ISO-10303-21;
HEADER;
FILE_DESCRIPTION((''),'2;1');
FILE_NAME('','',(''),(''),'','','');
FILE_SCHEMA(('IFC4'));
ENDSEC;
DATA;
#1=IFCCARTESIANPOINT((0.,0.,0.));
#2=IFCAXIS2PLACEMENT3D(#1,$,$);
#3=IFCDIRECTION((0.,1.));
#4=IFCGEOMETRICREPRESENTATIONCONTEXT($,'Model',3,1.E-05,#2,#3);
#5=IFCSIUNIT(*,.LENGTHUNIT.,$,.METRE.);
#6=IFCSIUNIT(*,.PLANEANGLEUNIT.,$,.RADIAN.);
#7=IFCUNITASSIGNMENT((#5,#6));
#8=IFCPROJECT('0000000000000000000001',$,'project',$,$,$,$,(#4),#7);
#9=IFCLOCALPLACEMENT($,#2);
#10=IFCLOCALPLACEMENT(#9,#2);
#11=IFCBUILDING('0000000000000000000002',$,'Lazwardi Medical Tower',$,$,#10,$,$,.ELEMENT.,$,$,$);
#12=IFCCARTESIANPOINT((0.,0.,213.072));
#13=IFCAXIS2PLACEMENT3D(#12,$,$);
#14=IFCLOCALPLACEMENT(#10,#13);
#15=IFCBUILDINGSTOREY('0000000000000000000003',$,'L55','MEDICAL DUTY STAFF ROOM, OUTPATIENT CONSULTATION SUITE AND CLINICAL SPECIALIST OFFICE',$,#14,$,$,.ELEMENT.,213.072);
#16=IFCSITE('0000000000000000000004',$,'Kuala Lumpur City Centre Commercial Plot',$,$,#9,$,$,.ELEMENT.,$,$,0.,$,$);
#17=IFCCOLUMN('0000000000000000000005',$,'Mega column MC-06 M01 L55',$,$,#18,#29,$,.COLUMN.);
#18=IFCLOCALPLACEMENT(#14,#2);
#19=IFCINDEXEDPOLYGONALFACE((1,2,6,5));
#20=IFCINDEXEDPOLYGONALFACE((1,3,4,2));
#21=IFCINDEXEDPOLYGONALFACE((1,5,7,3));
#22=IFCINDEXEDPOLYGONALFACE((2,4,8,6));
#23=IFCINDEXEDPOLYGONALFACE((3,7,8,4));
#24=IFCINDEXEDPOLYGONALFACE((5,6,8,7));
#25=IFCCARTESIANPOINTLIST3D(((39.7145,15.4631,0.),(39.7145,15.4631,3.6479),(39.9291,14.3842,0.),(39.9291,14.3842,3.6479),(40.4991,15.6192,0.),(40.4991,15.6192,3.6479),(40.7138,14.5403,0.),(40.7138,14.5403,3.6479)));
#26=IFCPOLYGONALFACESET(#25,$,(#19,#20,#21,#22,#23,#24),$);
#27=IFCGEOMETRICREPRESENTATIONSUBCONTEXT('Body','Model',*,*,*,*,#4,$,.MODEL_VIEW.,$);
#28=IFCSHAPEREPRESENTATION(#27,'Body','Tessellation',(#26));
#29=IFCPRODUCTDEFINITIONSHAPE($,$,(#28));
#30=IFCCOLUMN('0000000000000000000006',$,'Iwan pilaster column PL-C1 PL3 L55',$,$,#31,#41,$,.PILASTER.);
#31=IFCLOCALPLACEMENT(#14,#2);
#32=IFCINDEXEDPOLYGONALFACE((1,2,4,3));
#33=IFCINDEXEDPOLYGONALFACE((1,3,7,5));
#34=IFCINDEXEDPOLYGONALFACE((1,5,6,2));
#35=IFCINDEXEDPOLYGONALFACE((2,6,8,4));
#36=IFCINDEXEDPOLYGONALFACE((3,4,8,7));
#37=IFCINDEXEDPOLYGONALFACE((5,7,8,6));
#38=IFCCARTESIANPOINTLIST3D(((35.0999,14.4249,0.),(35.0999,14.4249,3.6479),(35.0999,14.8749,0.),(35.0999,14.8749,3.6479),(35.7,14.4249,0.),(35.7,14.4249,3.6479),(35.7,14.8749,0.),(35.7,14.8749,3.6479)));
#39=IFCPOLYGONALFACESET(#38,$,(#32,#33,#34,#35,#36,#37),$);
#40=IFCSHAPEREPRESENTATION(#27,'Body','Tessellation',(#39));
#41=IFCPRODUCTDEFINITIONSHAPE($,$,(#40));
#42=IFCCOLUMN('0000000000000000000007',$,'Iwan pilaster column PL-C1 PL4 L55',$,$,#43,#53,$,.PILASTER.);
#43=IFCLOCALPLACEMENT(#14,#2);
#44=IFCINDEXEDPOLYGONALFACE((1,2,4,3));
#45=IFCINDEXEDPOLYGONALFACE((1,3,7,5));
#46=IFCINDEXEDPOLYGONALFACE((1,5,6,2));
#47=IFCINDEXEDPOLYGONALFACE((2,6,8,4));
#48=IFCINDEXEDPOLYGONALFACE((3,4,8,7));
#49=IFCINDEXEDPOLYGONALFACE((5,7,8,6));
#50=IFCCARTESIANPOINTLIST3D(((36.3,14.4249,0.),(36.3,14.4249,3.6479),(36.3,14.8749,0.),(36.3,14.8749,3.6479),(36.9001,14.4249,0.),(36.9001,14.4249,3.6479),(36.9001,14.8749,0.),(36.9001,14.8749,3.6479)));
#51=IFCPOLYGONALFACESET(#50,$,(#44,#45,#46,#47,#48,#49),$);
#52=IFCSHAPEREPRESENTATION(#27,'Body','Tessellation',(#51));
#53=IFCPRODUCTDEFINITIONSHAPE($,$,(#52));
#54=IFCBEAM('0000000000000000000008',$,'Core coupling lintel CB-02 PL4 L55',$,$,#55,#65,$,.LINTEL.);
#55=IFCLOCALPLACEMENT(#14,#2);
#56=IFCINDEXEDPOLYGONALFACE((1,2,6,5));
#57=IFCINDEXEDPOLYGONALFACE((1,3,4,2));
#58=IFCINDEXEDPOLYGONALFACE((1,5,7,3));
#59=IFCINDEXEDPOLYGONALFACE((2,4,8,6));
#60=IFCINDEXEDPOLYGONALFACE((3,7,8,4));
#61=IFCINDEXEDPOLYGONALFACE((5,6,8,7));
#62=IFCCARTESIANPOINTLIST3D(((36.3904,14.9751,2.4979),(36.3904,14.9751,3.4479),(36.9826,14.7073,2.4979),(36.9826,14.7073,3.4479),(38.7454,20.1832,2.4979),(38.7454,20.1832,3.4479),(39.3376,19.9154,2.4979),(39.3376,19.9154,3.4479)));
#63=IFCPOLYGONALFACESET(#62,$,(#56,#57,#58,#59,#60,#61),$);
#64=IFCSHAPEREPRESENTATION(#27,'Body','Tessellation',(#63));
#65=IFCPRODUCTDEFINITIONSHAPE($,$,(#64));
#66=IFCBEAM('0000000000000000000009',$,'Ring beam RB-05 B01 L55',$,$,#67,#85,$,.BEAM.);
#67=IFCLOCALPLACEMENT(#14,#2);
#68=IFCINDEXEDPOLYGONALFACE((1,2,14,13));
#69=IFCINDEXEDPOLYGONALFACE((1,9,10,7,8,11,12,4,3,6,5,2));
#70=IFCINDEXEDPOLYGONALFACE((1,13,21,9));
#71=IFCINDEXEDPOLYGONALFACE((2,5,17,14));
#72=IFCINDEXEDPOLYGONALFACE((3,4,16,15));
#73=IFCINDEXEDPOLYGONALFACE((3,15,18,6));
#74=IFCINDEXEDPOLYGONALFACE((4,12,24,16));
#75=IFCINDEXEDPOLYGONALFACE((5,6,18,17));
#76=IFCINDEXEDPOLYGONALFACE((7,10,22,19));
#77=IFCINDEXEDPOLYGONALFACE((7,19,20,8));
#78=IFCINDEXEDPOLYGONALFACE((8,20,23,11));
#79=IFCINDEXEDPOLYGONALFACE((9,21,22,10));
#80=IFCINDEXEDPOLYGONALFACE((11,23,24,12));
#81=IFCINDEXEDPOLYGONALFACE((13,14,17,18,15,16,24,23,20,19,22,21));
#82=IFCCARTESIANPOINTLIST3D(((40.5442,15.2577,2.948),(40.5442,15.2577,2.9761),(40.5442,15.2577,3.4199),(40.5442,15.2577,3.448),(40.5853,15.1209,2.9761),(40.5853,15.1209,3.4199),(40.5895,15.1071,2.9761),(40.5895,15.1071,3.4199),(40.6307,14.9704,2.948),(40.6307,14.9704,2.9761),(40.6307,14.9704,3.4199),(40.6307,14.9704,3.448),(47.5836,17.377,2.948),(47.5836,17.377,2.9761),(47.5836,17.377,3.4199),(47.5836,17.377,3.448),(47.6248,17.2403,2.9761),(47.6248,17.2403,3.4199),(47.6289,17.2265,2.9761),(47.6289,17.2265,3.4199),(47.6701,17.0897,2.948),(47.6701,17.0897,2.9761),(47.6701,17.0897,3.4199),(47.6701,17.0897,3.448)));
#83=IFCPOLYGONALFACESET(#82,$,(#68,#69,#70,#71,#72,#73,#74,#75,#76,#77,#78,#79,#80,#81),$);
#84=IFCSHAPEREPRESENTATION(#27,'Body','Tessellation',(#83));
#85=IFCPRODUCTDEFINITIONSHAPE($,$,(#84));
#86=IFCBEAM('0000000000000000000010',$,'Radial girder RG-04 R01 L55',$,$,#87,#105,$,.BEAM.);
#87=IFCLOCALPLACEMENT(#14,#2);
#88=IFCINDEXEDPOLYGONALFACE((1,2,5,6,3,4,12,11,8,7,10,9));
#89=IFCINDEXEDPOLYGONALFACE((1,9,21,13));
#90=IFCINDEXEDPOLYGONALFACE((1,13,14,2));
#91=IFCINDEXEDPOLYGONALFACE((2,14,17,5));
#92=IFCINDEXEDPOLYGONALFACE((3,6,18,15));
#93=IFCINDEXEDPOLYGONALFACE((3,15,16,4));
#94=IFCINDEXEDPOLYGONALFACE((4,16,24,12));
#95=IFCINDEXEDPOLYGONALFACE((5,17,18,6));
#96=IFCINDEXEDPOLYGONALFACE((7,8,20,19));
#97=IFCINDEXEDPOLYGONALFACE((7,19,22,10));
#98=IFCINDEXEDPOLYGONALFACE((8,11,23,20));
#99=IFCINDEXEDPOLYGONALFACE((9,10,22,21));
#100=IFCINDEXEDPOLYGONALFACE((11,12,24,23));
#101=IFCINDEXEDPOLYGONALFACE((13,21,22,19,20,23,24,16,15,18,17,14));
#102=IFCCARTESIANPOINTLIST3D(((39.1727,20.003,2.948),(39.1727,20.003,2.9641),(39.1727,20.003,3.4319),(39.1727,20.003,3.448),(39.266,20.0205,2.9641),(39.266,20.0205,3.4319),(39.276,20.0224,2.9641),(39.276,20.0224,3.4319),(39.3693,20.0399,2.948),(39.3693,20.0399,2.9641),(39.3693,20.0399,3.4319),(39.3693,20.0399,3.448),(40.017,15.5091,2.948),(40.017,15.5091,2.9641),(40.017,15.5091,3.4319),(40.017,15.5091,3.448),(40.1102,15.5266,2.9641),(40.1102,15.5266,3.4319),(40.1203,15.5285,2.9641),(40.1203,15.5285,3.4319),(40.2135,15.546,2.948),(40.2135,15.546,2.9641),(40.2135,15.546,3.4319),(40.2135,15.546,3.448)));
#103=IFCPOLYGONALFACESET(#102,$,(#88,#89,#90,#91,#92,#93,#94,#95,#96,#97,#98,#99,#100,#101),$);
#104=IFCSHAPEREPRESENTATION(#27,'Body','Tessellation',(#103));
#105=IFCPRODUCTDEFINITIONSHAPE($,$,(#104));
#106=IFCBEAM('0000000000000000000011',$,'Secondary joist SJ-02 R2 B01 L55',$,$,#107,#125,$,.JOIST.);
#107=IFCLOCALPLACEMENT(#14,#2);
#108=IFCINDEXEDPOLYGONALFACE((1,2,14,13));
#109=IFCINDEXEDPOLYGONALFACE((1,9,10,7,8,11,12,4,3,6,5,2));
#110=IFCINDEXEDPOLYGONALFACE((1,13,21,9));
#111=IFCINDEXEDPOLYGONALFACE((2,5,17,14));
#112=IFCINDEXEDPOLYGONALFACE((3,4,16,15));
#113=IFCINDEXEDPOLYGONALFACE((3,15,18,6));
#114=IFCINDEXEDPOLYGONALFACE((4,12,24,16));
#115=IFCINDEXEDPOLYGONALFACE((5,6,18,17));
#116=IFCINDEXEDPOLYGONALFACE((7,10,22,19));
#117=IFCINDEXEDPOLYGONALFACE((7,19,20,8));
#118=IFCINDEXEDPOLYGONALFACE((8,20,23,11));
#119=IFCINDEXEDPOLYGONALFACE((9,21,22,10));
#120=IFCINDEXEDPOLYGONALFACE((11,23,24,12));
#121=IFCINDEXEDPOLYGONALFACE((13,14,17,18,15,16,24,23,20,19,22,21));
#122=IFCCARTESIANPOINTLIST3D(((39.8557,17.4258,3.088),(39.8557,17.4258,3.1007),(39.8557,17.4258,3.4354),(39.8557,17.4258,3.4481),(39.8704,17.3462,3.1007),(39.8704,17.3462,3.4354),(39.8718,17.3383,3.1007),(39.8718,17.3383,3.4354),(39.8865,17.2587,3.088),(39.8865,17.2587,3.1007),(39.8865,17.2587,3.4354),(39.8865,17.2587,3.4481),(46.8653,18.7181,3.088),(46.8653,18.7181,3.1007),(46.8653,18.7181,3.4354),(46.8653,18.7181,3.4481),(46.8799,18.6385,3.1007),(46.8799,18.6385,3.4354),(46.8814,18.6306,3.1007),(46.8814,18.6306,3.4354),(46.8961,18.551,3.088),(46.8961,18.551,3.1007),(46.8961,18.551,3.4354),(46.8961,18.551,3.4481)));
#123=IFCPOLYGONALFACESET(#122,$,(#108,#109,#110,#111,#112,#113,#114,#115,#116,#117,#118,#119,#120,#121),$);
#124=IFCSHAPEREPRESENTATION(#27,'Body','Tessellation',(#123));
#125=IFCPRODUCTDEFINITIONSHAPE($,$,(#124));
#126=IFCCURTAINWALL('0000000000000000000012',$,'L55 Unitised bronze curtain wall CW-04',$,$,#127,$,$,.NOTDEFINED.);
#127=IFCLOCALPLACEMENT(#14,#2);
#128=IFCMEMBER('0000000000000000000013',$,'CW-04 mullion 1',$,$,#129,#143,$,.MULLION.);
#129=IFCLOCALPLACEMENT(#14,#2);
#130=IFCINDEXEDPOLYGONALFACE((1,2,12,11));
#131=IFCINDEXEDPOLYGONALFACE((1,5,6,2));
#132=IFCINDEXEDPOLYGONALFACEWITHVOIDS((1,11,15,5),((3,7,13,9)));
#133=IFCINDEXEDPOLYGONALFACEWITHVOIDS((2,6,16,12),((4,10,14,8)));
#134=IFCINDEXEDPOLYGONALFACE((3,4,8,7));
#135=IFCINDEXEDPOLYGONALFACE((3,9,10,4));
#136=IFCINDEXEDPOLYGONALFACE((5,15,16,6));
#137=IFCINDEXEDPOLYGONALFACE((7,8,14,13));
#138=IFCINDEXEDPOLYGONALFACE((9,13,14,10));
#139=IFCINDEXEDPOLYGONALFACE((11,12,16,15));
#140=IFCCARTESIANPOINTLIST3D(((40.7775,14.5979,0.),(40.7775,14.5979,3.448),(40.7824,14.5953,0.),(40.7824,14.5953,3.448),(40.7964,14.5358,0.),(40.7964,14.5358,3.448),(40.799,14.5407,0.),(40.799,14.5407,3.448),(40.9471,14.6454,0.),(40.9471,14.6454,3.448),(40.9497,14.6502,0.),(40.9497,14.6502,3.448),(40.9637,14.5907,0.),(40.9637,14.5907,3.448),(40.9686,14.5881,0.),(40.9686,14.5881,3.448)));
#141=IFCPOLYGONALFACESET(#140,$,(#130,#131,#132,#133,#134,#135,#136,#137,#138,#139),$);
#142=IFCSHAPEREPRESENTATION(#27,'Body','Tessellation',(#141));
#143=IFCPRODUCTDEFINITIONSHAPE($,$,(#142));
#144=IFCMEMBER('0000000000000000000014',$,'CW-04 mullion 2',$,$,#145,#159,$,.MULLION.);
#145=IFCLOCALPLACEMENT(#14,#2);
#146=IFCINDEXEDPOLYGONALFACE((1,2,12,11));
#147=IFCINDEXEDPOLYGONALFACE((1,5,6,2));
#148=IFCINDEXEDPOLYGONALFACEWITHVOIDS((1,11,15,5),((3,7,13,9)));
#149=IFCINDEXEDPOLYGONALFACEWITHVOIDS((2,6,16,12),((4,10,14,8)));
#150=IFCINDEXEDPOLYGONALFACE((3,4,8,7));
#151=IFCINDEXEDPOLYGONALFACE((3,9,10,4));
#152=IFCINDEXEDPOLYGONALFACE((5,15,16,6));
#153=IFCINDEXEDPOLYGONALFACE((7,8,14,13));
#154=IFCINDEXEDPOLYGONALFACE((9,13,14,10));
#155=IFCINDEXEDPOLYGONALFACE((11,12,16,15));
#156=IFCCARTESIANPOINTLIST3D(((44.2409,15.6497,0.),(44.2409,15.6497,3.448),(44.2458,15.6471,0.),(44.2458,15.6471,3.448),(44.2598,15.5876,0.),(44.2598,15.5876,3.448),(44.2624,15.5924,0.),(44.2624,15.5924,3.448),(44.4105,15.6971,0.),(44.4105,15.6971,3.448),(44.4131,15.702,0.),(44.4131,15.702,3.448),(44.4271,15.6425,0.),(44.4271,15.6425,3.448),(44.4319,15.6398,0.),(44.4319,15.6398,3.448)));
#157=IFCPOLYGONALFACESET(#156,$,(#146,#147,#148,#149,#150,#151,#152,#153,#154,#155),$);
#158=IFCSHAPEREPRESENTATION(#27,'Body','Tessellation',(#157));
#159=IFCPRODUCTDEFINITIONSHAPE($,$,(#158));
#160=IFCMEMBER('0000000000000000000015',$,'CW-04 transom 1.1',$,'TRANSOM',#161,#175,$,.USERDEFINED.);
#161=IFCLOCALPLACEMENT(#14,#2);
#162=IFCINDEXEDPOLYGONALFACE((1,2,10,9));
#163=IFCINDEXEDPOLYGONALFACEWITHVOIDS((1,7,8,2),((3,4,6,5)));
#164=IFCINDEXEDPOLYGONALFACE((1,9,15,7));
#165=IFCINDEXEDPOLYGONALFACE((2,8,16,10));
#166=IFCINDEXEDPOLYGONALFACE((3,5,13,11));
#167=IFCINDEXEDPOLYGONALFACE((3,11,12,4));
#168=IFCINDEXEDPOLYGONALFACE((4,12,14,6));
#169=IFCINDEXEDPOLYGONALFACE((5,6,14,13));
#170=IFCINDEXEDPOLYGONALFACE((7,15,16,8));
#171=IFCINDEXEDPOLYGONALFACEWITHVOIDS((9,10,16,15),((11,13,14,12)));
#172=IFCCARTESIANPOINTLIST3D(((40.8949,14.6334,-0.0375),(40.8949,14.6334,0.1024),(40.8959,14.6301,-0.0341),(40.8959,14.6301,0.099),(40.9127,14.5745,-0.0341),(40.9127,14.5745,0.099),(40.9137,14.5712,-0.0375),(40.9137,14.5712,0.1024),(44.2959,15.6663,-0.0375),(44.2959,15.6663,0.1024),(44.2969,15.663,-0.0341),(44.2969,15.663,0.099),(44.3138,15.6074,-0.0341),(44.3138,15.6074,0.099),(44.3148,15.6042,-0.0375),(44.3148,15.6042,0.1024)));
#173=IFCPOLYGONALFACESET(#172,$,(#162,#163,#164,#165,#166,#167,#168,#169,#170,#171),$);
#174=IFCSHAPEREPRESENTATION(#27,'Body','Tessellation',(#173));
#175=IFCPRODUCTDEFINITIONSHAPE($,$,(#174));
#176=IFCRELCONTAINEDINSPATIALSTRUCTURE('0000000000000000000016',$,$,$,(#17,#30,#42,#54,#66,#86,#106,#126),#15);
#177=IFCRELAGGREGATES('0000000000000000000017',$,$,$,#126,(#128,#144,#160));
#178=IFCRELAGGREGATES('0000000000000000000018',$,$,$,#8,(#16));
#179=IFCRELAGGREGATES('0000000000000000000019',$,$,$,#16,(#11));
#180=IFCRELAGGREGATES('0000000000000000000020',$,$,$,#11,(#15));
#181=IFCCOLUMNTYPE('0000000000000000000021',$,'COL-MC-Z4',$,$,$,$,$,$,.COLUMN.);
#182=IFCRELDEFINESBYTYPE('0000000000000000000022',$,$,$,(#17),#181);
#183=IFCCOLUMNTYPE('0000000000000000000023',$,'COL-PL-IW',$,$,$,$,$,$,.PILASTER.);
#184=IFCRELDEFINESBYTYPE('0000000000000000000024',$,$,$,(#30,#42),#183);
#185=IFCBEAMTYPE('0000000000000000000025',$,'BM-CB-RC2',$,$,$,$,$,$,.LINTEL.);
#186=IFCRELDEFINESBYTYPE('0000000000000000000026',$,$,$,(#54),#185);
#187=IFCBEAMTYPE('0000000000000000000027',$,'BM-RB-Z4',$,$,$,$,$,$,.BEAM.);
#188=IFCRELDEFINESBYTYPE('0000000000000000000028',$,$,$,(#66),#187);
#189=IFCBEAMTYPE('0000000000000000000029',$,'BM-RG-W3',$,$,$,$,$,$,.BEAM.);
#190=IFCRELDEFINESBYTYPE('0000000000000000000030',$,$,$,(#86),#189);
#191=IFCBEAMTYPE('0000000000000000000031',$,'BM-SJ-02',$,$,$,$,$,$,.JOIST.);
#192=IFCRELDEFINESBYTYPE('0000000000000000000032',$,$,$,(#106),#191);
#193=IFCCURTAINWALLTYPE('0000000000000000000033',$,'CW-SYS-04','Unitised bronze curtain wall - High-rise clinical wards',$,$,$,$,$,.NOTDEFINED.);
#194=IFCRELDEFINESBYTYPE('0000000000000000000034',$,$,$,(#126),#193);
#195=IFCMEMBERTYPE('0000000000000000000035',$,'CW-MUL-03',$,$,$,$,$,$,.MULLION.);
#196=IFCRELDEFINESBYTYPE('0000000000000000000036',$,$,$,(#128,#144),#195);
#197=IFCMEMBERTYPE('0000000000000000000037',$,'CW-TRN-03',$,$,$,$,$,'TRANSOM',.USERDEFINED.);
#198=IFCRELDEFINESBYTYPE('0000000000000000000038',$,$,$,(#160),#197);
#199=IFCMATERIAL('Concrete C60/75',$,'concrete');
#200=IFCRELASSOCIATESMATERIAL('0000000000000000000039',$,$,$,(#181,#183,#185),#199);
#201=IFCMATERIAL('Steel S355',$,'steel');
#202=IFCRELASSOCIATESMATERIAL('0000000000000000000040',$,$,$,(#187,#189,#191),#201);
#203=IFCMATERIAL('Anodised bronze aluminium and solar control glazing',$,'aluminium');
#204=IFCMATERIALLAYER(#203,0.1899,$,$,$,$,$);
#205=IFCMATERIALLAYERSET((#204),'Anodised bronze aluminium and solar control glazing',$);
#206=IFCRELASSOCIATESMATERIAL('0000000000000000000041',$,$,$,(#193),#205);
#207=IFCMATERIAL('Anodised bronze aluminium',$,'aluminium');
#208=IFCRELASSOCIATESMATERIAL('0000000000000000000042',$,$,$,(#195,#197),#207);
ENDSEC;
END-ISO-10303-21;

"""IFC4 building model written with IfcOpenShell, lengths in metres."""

from ifc_helpers import new_model, si_unit, direction, frame, origin, origin_2d, place, context, subcontext, project, spatial, rectangle, hollow_rectangle, i_section, extrude, material, layer, layer_set, material_profile, profile_set, type_object, element, aggregate, save


model = new_model("IFC4")

# Units and contexts
model_context = context("Model", 3, precision=1e-05, world=origin(), true_north=direction((0.0, 1.0)))
body_context = subcontext(model_context, "Body", "Model", "MODEL_VIEW")
ifc_project = project(units=[si_unit("LENGTHUNIT", "METRE"), si_unit("PLANEANGLEUNIT", "RADIAN")], contexts=[model_context])

# Site, building, storey
site_placement = place(None, origin())
site = spatial("IfcSite", under=ifc_project, at=site_placement, Name="Kuala Lumpur City Centre Commercial Plot", CompositionType="ELEMENT", RefElevation=0.0)
building_placement = place(site_placement, origin())
building = spatial("IfcBuilding", under=site, at=building_placement, Name="Lazwardi Medical Tower", CompositionType="ELEMENT")
storey_placement = place(building_placement, frame((0.0, 0.0, 213.072)))
storey = spatial("IfcBuildingStorey", under=building, at=storey_placement, Name="L55", Description="MEDICAL DUTY STAFF ROOM, OUTPATIENT CONSULTATION SUITE AND CLINICAL SPECIALIST OFFICE", CompositionType="ELEMENT", Elevation=213.072)

# Columns
ifc_material_1 = material(Name="Concrete C60/75", Category="concrete")
ifc_material_profile_1 = material_profile(ifc_material_1, rectangle(XDim=1.1001, YDim=0.8, at=origin_2d()), Name="CFT-RECT 1100x800")
ifc_profile_set_1 = profile_set([ifc_material_profile_1], Name="Concrete C60/75")
column_type_1 = type_object("IfcColumnType", Name="COL-MC-Z4", PredefinedType="COLUMN", material=ifc_profile_set_1)
column_placement = place(storey_placement, frame((40.2141, 15.0017, 0.0), z_axis=(0.0, 0.0, 1.0), x_axis=(0.19509, -0.980785, 0.0)))
element("IfcColumn", 1, at=column_placement, inside=storey, type_object=column_type_1, Name="Mega column MC-06 M01 L55", PredefinedType="COLUMN", context=body_context, shape_type="SweptSolid", body=[
    extrude(rectangle(XDim=1.1001, YDim=0.8, at=origin_2d()), origin(), (0.0, 0.0, 1.0), 3.6479),
])
ifc_material_profile_2 = material_profile(ifc_material_1, rectangle(XDim=0.6001, YDim=0.45, at=origin_2d()), Name="RC 600x450")
ifc_profile_set_2 = profile_set([ifc_material_profile_2], Name="Concrete C60/75")
column_type_2 = type_object("IfcColumnType", Name="COL-PL-IW", PredefinedType="PILASTER", material=ifc_profile_set_2)
for number, where, z_axis, x_axis, name in (
    (2, (35.3999, 14.6499, 0.0), (0.0, 0.0, 1.0), (1.0, 0.0, 0.0), "Iwan pilaster column PL-C1 PL3 L55"),
    (3, (36.6001, 14.6499, 0.0), (0.0, 0.0, 1.0), (1.0, 0.0, 0.0), "Iwan pilaster column PL-C1 PL4 L55"),
):
    element("IfcColumn", number, at=place(storey_placement, frame(where, z_axis=z_axis, x_axis=x_axis)), inside=storey, type_object=column_type_2, Name=name, PredefinedType="PILASTER", context=body_context, shape_type="SweptSolid", body=[
        extrude(rectangle(XDim=0.6001, YDim=0.45, at=origin_2d()), origin(), (0.0, 0.0, 1.0), 3.6479),
    ])

# Beams
ifc_material_profile_3 = material_profile(ifc_material_1, rectangle(XDim=0.6499, YDim=0.95, at=origin_2d()), Name="RC 650x950")
ifc_profile_set_3 = profile_set([ifc_material_profile_3], Name="Concrete C60/75")
beam_type_1 = type_object("IfcBeamType", Name="BM-CB-RC2", PredefinedType="LINTEL", material=ifc_profile_set_3)
beam_1_placement = place(storey_placement, frame((39.0415, 20.0493, 2.9729), z_axis=(-0.412019, -0.911175, 0.0), x_axis=(0.911175, -0.412019, 0.0)))
element("IfcBeam", 4, at=beam_1_placement, inside=storey, type_object=beam_type_1, Name="Core coupling lintel CB-02 PL4 L55", PredefinedType="LINTEL", context=body_context, shape_type="SweptSolid", body=[
    extrude(rectangle(XDim=0.6499, YDim=0.95, at=origin_2d()), origin(), (0.0, 0.0, 1.0), 5.7158),
])
ifc_material_2 = material(Name="Steel S355", Category="steel")
ifc_material_profile_4 = material_profile(ifc_material_2, i_section(OverallWidth=0.3, OverallDepth=0.5, WebThickness=0.0144, FlangeThickness=0.0281, at=origin_2d()), Name="HEB 500")
ifc_profile_set_4 = profile_set([ifc_material_profile_4], Name="Steel S355")
beam_type_2 = type_object("IfcBeamType", Name="BM-RB-Z4", PredefinedType="BEAM", material=ifc_profile_set_4)
beam_2_placement = place(storey_placement, frame((40.5874, 15.114, 3.198), z_axis=(0.957544, 0.288286, 0.0), x_axis=(-0.288286, 0.957544, 0.0)))
element("IfcBeam", 5, at=beam_2_placement, inside=storey, type_object=beam_type_2, Name="Ring beam RB-05 B01 L55", PredefinedType="BEAM", context=body_context, shape_type="SweptSolid", body=[
    extrude(i_section(OverallWidth=0.3, OverallDepth=0.5, WebThickness=0.0144, FlangeThickness=0.0281, at=origin_2d()), origin(), (0.0, 0.0, 1.0), 7.3516),
])
ifc_material_profile_5 = material_profile(ifc_material_2, i_section(OverallWidth=0.2, OverallDepth=0.5, WebThickness=0.0103, FlangeThickness=0.0161, at=origin_2d()), Name="IPE 500")
ifc_profile_set_5 = profile_set([ifc_material_profile_5], Name="Steel S355")
beam_type_3 = type_object("IfcBeamType", Name="BM-RG-W3", PredefinedType="BEAM", material=ifc_profile_set_5)
beam_3_placement = place(storey_placement, frame((40.1152, 15.5276, 3.198), z_axis=(-0.184633, 0.982807, 0.0), x_axis=(-0.982807, -0.184633, 0.0)))
element("IfcBeam", 6, at=beam_3_placement, inside=storey, type_object=beam_type_3, Name="Radial girder RG-04 R01 L55", PredefinedType="BEAM", context=body_context, shape_type="SweptSolid", body=[
    extrude(i_section(OverallWidth=0.2, OverallDepth=0.5, WebThickness=0.0103, FlangeThickness=0.0161, at=origin_2d()), origin(), (0.0, 0.0, 1.0), 4.5725),
])
ifc_material_profile_6 = material_profile(ifc_material_2, i_section(OverallWidth=0.1699, OverallDepth=0.3601, WebThickness=0.0081, FlangeThickness=0.0127, at=origin_2d()), Name="IPE 360")
ifc_profile_set_6 = profile_set([ifc_material_profile_6], Name="Steel S355")
beam_type_4 = type_object("IfcBeamType", Name="BM-SJ-02", PredefinedType="JOIST", material=ifc_profile_set_6)
beam_4_placement = place(storey_placement, frame((39.8711, 17.3423, 3.2681), z_axis=(0.983428, 0.181299, 0.0), x_axis=(-0.181299, 0.983428, 0.0)))
element("IfcBeam", 7, at=beam_4_placement, inside=storey, type_object=beam_type_4, Name="Secondary joist SJ-02 R2 B01 L55", PredefinedType="JOIST", context=body_context, shape_type="SweptSolid", body=[
    extrude(i_section(OverallWidth=0.1699, OverallDepth=0.3601, WebThickness=0.0081, FlangeThickness=0.0127, at=origin_2d()), origin(), (0.0, 0.0, 1.0), 7.1277),
])

# Curtain wall, members
ifc_material_3 = material(Name="Anodised bronze aluminium and solar control glazing", Category="aluminium")
ifc_layer_1 = layer(ifc_material_3, 0.1899)
ifc_layer_set_1 = layer_set([ifc_layer_1], Name="Anodised bronze aluminium and solar control glazing")
curtain_wall_type = type_object("IfcCurtainWallType", Name="CW-SYS-04", Description="Unitised bronze curtain wall - High-rise clinical wards", PredefinedType="NOTDEFINED", material=ifc_layer_set_1)
curtain_wall_placement = place(storey_placement, origin())
curtain_wall = element("IfcCurtainWall", 8, at=curtain_wall_placement, inside=storey, type_object=curtain_wall_type, Name="L55 Unitised bronze curtain wall CW-04", PredefinedType="NOTDEFINED")
ifc_material_4 = material(Name="Anodised bronze aluminium", Category="aluminium")
ifc_material_profile_7 = material_profile(ifc_material_4, hollow_rectangle(XDim=0.0649, YDim=0.1799, WallThickness=0.0039, at=origin_2d()), Name="ALU-MULLION 180x65x4")
ifc_profile_set_7 = profile_set([ifc_material_profile_7], Name="Anodised bronze aluminium")
member_type_1 = type_object("IfcMemberType", Name="CW-MUL-03", PredefinedType="MULLION", material=ifc_profile_set_7)
member_1_placement = place(storey_placement, frame((40.873, 14.593, 0.0), z_axis=(0.0, 0.0, 1.0), x_axis=(-0.290582, 0.95685, 0.0)))
member_1 = element("IfcMember", 9, at=member_1_placement, type_object=member_type_1, Name="CW-04 mullion 1", PredefinedType="MULLION", context=body_context, shape_type="SweptSolid", body=[
    extrude(hollow_rectangle(XDim=0.0649, YDim=0.1799, WallThickness=0.0039, at=origin_2d()), origin(), (0.0, 0.0, 1.0), 3.448),
])
member_2_placement = place(storey_placement, frame((44.3364, 15.6448, 0.0), z_axis=(0.0, 0.0, 1.0), x_axis=(-0.290582, 0.95685, 0.0)))
member_2 = element("IfcMember", 10, at=member_2_placement, type_object=member_type_1, Name="CW-04 mullion 2", PredefinedType="MULLION", context=body_context, shape_type="SweptSolid", body=[
    extrude(hollow_rectangle(XDim=0.0649, YDim=0.1799, WallThickness=0.0039, at=origin_2d()), origin(), (0.0, 0.0, 1.0), 3.448),
])
ifc_material_profile_8 = material_profile(ifc_material_4, hollow_rectangle(XDim=0.0649, YDim=0.1399, WallThickness=0.0034, at=origin_2d()), Name="ALU-TRANSOM 140x65x3.5")
ifc_profile_set_8 = profile_set([ifc_material_profile_8], Name="Anodised bronze aluminium")
member_type_2 = type_object("IfcMemberType", Name="CW-TRN-03", ElementType="TRANSOM", PredefinedType="USERDEFINED", material=ifc_profile_set_8)
member_3_placement = place(storey_placement, frame((40.9043, 14.6023, 0.0325), z_axis=(0.956843, 0.290604, 0.0), x_axis=(-0.290604, 0.956843, 0.0)))
member_3 = element("IfcMember", 11, at=member_3_placement, type_object=member_type_2, Name="CW-04 transom 1.1", ObjectType="TRANSOM", PredefinedType="USERDEFINED", context=body_context, shape_type="SweptSolid", body=[
    extrude(hollow_rectangle(XDim=0.0649, YDim=0.1399, WallThickness=0.0034, at=origin_2d()), origin(), (0.0, 0.0, 1.0), 3.5544),
])
aggregate(curtain_wall, [member_1, member_2, member_3])

save(model, "model.ifc")
